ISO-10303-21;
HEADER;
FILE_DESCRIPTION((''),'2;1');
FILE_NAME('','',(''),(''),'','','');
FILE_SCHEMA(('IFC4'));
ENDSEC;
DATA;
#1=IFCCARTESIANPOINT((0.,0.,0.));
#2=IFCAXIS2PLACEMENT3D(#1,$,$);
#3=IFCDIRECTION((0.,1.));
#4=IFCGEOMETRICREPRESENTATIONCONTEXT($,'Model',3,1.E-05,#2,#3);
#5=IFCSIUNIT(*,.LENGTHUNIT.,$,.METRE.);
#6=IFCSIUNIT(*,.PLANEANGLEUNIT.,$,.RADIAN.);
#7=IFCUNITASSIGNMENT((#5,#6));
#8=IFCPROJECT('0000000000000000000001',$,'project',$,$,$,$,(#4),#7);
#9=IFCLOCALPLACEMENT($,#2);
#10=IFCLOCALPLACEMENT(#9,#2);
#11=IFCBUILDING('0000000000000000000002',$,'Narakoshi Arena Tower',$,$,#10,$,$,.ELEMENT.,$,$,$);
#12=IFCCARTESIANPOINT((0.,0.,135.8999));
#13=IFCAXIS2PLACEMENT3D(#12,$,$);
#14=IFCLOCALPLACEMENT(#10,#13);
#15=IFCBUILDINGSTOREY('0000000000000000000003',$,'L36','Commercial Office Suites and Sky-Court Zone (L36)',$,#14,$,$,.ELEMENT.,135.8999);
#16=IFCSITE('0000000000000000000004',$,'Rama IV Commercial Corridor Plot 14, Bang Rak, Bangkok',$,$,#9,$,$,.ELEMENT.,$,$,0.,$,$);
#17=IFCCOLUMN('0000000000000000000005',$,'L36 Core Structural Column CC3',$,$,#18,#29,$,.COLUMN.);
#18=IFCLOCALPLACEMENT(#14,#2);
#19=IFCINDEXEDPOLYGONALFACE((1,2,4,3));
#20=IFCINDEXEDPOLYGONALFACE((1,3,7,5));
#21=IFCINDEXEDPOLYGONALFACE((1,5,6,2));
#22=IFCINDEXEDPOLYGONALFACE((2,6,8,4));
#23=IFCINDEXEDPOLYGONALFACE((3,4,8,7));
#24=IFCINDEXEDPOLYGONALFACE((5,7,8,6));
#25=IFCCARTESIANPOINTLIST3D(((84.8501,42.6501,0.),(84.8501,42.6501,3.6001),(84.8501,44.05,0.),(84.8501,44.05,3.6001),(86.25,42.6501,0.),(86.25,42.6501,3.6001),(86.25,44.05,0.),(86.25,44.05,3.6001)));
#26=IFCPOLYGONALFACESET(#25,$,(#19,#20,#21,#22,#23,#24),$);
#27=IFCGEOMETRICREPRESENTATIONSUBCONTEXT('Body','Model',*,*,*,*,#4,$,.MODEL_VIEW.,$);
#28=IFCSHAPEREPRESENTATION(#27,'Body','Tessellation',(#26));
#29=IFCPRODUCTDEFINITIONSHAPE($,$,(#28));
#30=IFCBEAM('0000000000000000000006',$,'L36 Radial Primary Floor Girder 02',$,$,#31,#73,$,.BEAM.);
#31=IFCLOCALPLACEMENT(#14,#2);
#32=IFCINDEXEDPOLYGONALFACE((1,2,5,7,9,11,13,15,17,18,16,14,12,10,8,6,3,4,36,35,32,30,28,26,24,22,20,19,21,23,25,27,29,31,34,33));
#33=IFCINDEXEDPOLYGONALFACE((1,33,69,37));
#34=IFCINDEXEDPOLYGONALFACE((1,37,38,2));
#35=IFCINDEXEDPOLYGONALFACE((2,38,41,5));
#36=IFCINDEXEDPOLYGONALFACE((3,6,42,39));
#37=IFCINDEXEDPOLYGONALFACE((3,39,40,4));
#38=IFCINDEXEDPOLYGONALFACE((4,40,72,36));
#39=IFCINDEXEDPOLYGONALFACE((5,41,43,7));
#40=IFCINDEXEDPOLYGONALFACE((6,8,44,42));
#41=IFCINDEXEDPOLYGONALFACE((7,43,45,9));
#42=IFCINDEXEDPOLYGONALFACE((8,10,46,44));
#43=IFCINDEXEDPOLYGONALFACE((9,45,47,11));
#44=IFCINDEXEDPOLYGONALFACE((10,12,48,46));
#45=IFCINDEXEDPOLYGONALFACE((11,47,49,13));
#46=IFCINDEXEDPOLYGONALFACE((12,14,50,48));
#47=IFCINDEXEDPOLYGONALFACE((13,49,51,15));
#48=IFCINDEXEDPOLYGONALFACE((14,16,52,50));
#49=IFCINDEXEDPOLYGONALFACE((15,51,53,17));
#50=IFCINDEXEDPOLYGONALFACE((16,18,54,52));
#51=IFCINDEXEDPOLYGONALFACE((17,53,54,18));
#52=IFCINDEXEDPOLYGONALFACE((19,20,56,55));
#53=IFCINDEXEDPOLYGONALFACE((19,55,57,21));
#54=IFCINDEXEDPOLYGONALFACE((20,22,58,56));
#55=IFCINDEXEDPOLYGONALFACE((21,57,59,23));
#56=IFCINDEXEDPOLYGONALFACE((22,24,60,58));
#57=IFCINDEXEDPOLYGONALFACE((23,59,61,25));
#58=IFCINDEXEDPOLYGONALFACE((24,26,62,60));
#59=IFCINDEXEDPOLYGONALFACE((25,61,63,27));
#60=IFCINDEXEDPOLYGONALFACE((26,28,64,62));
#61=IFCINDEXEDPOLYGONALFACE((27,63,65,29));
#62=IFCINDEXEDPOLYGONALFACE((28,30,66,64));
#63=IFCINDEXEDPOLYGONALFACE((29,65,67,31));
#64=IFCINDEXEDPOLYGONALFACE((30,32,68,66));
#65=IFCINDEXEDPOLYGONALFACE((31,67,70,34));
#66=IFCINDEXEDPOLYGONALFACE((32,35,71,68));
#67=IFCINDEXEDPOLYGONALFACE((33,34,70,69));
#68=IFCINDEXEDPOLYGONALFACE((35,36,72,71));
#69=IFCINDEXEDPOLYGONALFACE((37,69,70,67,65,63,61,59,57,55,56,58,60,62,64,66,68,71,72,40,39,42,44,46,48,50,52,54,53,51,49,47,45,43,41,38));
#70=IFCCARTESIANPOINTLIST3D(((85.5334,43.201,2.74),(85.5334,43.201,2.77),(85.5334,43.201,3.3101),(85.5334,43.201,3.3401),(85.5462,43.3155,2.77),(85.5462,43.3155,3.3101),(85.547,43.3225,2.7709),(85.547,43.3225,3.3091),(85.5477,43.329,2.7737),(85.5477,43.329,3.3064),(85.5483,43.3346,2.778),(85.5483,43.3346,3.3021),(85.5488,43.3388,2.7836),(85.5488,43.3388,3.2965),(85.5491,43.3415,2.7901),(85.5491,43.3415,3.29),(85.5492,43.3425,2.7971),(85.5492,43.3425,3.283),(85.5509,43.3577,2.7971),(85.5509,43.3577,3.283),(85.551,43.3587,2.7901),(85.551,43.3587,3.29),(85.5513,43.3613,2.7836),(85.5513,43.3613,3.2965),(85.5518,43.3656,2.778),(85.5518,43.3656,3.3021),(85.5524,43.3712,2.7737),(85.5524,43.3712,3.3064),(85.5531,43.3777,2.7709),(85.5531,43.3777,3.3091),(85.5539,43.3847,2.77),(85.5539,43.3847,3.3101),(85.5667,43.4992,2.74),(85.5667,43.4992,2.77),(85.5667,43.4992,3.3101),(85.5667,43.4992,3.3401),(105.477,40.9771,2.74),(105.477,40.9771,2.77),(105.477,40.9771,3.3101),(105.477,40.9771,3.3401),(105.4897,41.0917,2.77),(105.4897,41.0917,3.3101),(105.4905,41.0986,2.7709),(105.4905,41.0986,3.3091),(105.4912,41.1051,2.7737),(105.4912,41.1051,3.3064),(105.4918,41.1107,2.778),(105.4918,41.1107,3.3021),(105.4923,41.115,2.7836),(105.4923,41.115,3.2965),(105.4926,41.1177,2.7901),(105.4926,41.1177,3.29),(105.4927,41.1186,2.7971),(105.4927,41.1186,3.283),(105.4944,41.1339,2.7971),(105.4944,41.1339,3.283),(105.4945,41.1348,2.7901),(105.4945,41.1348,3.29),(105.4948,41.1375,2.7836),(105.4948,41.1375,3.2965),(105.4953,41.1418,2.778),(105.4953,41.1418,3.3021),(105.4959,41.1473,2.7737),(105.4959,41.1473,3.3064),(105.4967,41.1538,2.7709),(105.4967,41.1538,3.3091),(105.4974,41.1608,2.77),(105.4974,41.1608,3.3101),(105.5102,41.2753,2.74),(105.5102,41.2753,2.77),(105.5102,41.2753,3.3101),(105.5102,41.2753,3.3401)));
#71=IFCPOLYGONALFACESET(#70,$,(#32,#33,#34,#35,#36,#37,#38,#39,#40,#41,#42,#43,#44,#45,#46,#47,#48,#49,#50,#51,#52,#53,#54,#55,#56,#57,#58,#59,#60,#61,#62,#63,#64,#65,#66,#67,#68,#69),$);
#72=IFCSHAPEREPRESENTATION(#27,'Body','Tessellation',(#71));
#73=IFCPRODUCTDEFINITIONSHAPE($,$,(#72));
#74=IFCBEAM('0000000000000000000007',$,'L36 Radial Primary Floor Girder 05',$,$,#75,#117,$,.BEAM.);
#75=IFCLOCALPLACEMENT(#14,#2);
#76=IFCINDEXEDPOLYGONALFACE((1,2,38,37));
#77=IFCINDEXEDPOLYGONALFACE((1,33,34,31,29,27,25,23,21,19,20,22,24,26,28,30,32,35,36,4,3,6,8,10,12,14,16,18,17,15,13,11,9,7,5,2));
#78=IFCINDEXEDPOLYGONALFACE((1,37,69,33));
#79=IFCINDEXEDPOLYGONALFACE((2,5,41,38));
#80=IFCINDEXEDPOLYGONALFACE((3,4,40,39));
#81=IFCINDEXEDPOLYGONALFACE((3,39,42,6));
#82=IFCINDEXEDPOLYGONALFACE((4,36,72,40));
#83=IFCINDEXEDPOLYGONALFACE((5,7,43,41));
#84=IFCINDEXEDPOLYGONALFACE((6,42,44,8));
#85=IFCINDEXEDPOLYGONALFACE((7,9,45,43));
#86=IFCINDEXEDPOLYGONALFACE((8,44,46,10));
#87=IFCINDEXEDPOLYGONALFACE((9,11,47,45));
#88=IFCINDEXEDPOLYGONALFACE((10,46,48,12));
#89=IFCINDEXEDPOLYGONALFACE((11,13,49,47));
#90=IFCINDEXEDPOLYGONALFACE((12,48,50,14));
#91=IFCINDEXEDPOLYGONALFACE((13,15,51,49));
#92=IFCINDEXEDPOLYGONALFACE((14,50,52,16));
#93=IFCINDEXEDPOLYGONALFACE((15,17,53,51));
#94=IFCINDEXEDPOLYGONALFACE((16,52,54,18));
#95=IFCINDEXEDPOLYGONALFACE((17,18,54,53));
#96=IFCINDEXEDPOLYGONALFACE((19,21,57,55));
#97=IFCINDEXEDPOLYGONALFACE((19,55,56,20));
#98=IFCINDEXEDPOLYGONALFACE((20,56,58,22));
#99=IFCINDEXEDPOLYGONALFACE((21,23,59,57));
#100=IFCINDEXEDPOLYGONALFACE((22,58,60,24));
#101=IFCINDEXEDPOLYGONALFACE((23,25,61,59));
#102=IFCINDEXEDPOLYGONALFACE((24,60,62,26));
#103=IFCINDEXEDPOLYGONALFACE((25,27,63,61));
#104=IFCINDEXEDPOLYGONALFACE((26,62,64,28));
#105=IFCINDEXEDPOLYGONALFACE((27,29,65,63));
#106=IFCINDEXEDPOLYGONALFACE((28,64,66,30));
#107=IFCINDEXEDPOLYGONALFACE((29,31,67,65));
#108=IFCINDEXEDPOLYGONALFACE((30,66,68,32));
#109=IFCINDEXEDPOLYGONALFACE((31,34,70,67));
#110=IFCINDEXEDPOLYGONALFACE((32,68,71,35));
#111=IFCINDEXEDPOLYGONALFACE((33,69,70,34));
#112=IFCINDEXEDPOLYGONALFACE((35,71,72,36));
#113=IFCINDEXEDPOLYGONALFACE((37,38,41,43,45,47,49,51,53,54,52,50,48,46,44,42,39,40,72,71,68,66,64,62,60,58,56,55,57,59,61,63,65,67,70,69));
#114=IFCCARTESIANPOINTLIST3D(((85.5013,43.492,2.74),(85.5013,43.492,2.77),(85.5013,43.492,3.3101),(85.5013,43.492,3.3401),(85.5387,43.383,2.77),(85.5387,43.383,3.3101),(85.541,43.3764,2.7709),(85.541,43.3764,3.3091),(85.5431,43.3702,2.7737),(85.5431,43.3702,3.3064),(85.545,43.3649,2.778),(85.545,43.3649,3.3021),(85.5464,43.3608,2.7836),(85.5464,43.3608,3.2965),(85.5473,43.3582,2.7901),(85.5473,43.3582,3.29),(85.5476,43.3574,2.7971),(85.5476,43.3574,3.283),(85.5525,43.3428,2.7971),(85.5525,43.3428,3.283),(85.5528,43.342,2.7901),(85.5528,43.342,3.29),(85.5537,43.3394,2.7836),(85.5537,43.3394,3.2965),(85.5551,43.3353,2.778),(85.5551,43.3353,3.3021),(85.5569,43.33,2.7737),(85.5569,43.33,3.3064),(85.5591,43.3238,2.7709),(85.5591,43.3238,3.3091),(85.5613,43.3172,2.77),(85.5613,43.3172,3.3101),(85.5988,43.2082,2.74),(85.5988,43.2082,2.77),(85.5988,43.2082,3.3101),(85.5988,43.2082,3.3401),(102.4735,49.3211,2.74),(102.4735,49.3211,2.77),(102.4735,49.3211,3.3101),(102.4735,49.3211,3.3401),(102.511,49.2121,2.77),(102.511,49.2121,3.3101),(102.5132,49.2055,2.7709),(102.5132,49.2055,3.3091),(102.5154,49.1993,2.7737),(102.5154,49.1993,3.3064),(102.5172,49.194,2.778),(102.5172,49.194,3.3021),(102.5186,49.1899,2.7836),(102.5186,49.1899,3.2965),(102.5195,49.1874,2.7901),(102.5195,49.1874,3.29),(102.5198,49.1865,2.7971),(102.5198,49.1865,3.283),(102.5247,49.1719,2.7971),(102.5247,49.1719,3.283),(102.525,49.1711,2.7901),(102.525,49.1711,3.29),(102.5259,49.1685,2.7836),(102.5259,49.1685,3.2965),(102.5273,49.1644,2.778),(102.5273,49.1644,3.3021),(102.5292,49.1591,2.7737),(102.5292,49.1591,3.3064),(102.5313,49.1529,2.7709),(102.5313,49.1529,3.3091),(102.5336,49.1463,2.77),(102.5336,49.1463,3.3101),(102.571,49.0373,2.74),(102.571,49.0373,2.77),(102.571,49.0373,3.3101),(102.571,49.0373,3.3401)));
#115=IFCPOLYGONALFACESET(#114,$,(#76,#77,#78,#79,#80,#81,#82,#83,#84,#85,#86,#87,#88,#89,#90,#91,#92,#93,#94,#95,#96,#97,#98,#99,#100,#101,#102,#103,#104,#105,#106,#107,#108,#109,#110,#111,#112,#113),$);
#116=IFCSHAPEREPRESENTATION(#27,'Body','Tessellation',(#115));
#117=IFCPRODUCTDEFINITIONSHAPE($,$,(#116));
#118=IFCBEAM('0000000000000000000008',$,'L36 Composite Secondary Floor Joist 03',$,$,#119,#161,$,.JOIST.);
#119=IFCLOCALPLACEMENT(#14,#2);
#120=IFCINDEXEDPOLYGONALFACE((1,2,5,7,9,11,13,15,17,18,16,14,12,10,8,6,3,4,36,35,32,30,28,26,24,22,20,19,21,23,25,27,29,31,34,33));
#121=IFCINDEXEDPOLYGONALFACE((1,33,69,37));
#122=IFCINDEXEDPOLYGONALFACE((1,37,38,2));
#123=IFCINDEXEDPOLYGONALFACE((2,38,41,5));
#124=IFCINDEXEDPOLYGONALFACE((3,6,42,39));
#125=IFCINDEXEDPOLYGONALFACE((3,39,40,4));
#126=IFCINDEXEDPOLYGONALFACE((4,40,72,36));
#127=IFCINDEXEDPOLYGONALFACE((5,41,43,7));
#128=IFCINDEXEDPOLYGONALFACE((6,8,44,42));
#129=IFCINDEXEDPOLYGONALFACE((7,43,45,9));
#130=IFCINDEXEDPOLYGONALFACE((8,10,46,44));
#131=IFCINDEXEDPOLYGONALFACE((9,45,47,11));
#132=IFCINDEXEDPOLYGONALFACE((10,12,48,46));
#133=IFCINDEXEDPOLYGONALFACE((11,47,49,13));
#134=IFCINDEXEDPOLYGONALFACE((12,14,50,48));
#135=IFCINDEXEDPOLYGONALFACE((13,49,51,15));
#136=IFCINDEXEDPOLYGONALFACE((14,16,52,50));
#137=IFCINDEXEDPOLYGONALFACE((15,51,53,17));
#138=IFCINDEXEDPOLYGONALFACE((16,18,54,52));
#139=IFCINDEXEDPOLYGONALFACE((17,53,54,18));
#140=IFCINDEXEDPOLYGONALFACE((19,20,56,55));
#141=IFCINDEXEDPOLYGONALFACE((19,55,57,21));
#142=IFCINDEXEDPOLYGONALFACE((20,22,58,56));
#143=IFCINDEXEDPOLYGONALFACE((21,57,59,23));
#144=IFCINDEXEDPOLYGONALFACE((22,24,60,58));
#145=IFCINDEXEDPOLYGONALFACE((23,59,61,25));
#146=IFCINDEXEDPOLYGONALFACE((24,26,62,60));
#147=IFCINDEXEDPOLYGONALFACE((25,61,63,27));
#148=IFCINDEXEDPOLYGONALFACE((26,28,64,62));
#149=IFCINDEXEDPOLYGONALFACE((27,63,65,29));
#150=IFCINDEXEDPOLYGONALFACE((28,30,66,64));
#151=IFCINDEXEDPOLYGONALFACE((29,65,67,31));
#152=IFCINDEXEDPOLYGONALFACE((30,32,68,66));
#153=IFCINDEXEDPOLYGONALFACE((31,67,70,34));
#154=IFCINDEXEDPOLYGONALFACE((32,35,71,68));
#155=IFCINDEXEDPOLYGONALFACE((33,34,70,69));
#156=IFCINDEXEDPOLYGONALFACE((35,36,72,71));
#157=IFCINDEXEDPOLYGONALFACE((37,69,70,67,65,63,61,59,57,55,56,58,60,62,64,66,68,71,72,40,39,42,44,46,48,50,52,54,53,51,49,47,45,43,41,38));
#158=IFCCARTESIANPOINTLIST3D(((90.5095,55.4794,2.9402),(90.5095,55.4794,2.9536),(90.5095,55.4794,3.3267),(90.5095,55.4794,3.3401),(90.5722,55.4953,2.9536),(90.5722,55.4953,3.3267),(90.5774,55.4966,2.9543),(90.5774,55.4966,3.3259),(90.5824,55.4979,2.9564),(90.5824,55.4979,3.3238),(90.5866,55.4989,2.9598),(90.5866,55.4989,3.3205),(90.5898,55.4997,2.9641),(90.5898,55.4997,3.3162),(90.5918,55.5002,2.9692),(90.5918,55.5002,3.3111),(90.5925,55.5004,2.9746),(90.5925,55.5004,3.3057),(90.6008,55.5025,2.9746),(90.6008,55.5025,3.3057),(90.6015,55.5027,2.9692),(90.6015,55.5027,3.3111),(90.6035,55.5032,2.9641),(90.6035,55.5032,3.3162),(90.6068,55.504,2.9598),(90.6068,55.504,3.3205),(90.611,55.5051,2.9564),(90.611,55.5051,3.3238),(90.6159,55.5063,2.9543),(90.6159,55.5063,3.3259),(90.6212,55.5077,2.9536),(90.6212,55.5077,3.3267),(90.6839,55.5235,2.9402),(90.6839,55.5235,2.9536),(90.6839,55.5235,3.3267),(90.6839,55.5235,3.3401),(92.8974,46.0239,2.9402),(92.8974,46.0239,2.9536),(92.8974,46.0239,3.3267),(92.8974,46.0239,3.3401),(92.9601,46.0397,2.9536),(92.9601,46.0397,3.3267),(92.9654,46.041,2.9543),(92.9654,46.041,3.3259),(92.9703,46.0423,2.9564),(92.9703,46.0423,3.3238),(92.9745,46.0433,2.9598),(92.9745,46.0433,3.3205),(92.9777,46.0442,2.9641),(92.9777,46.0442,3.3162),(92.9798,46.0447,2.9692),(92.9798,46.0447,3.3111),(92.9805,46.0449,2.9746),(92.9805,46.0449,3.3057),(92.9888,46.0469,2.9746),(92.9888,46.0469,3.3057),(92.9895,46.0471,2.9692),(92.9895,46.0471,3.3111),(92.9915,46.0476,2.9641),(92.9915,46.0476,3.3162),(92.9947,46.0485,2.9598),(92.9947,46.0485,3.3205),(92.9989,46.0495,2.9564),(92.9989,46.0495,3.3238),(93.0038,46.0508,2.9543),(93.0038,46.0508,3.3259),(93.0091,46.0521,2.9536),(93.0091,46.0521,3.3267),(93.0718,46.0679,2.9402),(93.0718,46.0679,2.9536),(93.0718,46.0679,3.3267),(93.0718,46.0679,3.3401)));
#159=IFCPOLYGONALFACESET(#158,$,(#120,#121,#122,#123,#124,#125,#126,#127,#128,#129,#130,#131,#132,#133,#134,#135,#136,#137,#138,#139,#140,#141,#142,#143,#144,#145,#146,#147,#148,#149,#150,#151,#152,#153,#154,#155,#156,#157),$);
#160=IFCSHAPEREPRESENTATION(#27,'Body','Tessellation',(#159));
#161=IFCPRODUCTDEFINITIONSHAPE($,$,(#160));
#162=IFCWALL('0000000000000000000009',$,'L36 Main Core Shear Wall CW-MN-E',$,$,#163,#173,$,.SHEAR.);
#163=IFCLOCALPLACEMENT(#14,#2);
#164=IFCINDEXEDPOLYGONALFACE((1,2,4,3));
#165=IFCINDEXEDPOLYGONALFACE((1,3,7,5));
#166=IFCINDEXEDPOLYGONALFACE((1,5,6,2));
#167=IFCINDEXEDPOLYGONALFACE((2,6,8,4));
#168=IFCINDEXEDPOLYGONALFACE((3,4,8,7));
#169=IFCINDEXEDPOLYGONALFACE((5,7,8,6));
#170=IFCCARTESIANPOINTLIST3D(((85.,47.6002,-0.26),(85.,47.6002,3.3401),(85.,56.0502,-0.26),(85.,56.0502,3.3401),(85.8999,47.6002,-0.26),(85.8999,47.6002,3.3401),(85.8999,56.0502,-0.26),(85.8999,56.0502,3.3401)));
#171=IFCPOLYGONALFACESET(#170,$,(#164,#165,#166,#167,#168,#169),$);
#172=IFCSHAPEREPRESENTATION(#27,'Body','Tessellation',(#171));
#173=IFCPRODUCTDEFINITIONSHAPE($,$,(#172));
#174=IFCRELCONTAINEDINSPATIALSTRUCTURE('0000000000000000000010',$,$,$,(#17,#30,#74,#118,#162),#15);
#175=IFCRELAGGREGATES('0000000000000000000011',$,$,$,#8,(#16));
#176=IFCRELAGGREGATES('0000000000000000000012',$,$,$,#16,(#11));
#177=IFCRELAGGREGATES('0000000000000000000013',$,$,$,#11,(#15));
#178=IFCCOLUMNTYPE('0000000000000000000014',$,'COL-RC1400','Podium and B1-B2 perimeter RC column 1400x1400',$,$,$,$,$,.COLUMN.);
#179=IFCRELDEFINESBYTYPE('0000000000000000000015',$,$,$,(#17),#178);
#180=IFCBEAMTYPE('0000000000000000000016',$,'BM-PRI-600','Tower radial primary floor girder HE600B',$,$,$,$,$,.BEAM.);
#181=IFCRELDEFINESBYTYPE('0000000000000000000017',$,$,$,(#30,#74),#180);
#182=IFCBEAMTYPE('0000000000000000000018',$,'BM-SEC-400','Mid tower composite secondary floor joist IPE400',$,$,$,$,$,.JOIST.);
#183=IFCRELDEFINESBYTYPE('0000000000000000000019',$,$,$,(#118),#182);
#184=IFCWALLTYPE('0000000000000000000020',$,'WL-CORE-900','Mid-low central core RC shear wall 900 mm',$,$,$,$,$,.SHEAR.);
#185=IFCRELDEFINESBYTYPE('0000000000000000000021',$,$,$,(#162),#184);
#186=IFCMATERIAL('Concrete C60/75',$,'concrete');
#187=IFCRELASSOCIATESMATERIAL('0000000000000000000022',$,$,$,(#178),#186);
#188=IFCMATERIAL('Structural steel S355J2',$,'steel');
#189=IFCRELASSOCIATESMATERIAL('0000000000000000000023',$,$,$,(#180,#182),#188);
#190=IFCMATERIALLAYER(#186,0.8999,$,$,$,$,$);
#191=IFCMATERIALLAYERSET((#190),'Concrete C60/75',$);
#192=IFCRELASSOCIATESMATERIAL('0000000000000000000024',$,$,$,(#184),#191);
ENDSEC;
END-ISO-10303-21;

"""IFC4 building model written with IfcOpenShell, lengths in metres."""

from ifc_helpers import new_model, si_unit, direction, frame, frame_2d, origin, origin_2d, place, context, subcontext, project, spatial, rectangle, i_section, extrude, material, layer, layer_set, material_profile, profile_set, type_object, element, save


model = new_model("IFC4")

# Units and contexts
model_context = context("Model", 3, precision=1e-05, world=origin(), true_north=direction((0.0, 1.0)))
body_context = subcontext(model_context, "Body", "Model", "MODEL_VIEW")
ifc_project = project(units=[si_unit("LENGTHUNIT", "METRE"), si_unit("PLANEANGLEUNIT", "RADIAN")], contexts=[model_context])

# Site, building, storey
site_placement = place(None, origin())
site = spatial("IfcSite", under=ifc_project, at=site_placement, Name="Rama IV Commercial Corridor Plot 14, Bang Rak, Bangkok", CompositionType="ELEMENT", RefElevation=0.0)
building_placement = place(site_placement, origin())
building = spatial("IfcBuilding", under=site, at=building_placement, Name="Narakoshi Arena Tower", CompositionType="ELEMENT")
storey_placement = place(building_placement, frame((0.0, 0.0, 135.8999)))
storey = spatial("IfcBuildingStorey", under=building, at=storey_placement, Name="L36", Description="Commercial Office Suites and Sky-Court Zone (L36)", CompositionType="ELEMENT", Elevation=135.8999)

# Column
ifc_material_1 = material(Name="Concrete C60/75", Category="concrete")
ifc_material_profile_1 = material_profile(ifc_material_1, rectangle(XDim=1.3999, YDim=1.3999, at=origin_2d()), Name="RC1400x1400")
ifc_profile_set_1 = profile_set([ifc_material_profile_1], Name="Concrete C60/75")
column_type = type_object("IfcColumnType", Name="COL-RC1400", Description="Podium and B1-B2 perimeter RC column 1400x1400", PredefinedType="COLUMN", material=ifc_profile_set_1)
column_placement = place(storey_placement, frame((85.55, 43.3501, 0.0), z_axis=(0.0, 0.0, 1.0), x_axis=(1.0, 0.0, 0.0)))
element("IfcColumn", 1, at=column_placement, inside=storey, type_object=column_type, Name="L36 Core Structural Column CC3", PredefinedType="COLUMN", context=body_context, shape_type="SweptSolid", body=[
    extrude(rectangle(XDim=1.3999, YDim=1.3999, at=origin_2d()), origin(), (0.0, 0.0, 1.0), 3.6001),
])

# Beams
ifc_material_2 = material(Name="Structural steel S355J2", Category="steel")
ifc_material_profile_2 = material_profile(ifc_material_2, i_section(OverallWidth=0.3, OverallDepth=0.6001, WebThickness=0.0154, FlangeThickness=0.03, FilletRadius=0.0271, at=origin_2d()), Name="HE600B")
ifc_profile_set_2 = profile_set([ifc_material_profile_2], Name="Structural steel S355J2")
beam_type_1 = type_object("IfcBeamType", Name="BM-PRI-600", Description="Tower radial primary floor girder HE600B", PredefinedType="BEAM", material=ifc_profile_set_2)
beam_1_placement = place(storey_placement, frame((85.55, 43.3501, 3.04), z_axis=(0.99384, -0.110821, 0.0), x_axis=(0.110821, 0.99384, 0.0)))
element("IfcBeam", 2, at=beam_1_placement, inside=storey, type_object=beam_type_1, Name="L36 Radial Primary Floor Girder 02", PredefinedType="BEAM", context=body_context, shape_type="SweptSolid", body=[
    extrude(i_section(OverallWidth=0.3, OverallDepth=0.6001, WebThickness=0.0154, FlangeThickness=0.03, FilletRadius=0.0271, at=origin_2d()), origin(), (0.0, 0.0, 1.0), 20.0671),
])
beam_2_placement = place(storey_placement, frame((85.55, 43.3501, 3.04), z_axis=(0.945774, 0.324827, 0.0), x_axis=(-0.324827, 0.945774, 0.0)))
element("IfcBeam", 3, at=beam_2_placement, inside=storey, type_object=beam_type_1, Name="L36 Radial Primary Floor Girder 05", PredefinedType="BEAM", context=body_context, shape_type="SweptSolid", body=[
    extrude(i_section(OverallWidth=0.3, OverallDepth=0.6001, WebThickness=0.0154, FlangeThickness=0.03, FilletRadius=0.0271, at=origin_2d()), origin(), (0.0, 0.0, 1.0), 17.9453),
])
ifc_material_profile_3 = material_profile(ifc_material_2, i_section(OverallWidth=0.1799, OverallDepth=0.3999, WebThickness=0.0085, FlangeThickness=0.0134, FilletRadius=0.021, at=origin_2d()), Name="IPE400")
ifc_profile_set_3 = profile_set([ifc_material_profile_3], Name="Structural steel S355J2")
beam_type_2 = type_object("IfcBeamType", Name="BM-SEC-400", Description="Mid tower composite secondary floor joist IPE400", PredefinedType="JOIST", material=ifc_profile_set_3)
beam_3_placement = place(storey_placement, frame((92.9846, 46.0459, 3.1401), z_axis=(-0.244856, 0.96956, 0.0), x_axis=(-0.96956, -0.244856, 0.0)))
element("IfcBeam", 4, at=beam_3_placement, inside=storey, type_object=beam_type_2, Name="L36 Composite Secondary Floor Joist 03", PredefinedType="JOIST", context=body_context, shape_type="SweptSolid", body=[
    extrude(i_section(OverallWidth=0.1799, OverallDepth=0.3999, WebThickness=0.0085, FlangeThickness=0.0134, FilletRadius=0.021, at=origin_2d()), origin(), (0.0, 0.0, 1.0), 9.7524),
])

# Wall
ifc_layer_1 = layer(ifc_material_1, 0.8999)
ifc_layer_set_1 = layer_set([ifc_layer_1], Name="Concrete C60/75")
wall_type_1 = type_object("IfcWallType", Name="WL-CORE-900", Description="Mid-low central core RC shear wall 900 mm", PredefinedType="SHEAR", material=ifc_layer_set_1)
wall_1_placement = place(storey_placement, frame((85.45, 47.6001, -0.26), z_axis=(0.0, 0.0, 1.0), x_axis=(0.0, 1.0, 0.0)))
element("IfcWall", 5, at=wall_1_placement, inside=storey, type_object=wall_type_1, Name="L36 Main Core Shear Wall CW-MN-E", PredefinedType="SHEAR", context=body_context, shape_type="SweptSolid", body=[
    extrude(rectangle(XDim=8.45, YDim=0.8999, at=frame_2d((4.2251, 0.0))), origin(), (0.0, 0.0, 1.0), 3.6001),
])

save(model, "model.ifc")
